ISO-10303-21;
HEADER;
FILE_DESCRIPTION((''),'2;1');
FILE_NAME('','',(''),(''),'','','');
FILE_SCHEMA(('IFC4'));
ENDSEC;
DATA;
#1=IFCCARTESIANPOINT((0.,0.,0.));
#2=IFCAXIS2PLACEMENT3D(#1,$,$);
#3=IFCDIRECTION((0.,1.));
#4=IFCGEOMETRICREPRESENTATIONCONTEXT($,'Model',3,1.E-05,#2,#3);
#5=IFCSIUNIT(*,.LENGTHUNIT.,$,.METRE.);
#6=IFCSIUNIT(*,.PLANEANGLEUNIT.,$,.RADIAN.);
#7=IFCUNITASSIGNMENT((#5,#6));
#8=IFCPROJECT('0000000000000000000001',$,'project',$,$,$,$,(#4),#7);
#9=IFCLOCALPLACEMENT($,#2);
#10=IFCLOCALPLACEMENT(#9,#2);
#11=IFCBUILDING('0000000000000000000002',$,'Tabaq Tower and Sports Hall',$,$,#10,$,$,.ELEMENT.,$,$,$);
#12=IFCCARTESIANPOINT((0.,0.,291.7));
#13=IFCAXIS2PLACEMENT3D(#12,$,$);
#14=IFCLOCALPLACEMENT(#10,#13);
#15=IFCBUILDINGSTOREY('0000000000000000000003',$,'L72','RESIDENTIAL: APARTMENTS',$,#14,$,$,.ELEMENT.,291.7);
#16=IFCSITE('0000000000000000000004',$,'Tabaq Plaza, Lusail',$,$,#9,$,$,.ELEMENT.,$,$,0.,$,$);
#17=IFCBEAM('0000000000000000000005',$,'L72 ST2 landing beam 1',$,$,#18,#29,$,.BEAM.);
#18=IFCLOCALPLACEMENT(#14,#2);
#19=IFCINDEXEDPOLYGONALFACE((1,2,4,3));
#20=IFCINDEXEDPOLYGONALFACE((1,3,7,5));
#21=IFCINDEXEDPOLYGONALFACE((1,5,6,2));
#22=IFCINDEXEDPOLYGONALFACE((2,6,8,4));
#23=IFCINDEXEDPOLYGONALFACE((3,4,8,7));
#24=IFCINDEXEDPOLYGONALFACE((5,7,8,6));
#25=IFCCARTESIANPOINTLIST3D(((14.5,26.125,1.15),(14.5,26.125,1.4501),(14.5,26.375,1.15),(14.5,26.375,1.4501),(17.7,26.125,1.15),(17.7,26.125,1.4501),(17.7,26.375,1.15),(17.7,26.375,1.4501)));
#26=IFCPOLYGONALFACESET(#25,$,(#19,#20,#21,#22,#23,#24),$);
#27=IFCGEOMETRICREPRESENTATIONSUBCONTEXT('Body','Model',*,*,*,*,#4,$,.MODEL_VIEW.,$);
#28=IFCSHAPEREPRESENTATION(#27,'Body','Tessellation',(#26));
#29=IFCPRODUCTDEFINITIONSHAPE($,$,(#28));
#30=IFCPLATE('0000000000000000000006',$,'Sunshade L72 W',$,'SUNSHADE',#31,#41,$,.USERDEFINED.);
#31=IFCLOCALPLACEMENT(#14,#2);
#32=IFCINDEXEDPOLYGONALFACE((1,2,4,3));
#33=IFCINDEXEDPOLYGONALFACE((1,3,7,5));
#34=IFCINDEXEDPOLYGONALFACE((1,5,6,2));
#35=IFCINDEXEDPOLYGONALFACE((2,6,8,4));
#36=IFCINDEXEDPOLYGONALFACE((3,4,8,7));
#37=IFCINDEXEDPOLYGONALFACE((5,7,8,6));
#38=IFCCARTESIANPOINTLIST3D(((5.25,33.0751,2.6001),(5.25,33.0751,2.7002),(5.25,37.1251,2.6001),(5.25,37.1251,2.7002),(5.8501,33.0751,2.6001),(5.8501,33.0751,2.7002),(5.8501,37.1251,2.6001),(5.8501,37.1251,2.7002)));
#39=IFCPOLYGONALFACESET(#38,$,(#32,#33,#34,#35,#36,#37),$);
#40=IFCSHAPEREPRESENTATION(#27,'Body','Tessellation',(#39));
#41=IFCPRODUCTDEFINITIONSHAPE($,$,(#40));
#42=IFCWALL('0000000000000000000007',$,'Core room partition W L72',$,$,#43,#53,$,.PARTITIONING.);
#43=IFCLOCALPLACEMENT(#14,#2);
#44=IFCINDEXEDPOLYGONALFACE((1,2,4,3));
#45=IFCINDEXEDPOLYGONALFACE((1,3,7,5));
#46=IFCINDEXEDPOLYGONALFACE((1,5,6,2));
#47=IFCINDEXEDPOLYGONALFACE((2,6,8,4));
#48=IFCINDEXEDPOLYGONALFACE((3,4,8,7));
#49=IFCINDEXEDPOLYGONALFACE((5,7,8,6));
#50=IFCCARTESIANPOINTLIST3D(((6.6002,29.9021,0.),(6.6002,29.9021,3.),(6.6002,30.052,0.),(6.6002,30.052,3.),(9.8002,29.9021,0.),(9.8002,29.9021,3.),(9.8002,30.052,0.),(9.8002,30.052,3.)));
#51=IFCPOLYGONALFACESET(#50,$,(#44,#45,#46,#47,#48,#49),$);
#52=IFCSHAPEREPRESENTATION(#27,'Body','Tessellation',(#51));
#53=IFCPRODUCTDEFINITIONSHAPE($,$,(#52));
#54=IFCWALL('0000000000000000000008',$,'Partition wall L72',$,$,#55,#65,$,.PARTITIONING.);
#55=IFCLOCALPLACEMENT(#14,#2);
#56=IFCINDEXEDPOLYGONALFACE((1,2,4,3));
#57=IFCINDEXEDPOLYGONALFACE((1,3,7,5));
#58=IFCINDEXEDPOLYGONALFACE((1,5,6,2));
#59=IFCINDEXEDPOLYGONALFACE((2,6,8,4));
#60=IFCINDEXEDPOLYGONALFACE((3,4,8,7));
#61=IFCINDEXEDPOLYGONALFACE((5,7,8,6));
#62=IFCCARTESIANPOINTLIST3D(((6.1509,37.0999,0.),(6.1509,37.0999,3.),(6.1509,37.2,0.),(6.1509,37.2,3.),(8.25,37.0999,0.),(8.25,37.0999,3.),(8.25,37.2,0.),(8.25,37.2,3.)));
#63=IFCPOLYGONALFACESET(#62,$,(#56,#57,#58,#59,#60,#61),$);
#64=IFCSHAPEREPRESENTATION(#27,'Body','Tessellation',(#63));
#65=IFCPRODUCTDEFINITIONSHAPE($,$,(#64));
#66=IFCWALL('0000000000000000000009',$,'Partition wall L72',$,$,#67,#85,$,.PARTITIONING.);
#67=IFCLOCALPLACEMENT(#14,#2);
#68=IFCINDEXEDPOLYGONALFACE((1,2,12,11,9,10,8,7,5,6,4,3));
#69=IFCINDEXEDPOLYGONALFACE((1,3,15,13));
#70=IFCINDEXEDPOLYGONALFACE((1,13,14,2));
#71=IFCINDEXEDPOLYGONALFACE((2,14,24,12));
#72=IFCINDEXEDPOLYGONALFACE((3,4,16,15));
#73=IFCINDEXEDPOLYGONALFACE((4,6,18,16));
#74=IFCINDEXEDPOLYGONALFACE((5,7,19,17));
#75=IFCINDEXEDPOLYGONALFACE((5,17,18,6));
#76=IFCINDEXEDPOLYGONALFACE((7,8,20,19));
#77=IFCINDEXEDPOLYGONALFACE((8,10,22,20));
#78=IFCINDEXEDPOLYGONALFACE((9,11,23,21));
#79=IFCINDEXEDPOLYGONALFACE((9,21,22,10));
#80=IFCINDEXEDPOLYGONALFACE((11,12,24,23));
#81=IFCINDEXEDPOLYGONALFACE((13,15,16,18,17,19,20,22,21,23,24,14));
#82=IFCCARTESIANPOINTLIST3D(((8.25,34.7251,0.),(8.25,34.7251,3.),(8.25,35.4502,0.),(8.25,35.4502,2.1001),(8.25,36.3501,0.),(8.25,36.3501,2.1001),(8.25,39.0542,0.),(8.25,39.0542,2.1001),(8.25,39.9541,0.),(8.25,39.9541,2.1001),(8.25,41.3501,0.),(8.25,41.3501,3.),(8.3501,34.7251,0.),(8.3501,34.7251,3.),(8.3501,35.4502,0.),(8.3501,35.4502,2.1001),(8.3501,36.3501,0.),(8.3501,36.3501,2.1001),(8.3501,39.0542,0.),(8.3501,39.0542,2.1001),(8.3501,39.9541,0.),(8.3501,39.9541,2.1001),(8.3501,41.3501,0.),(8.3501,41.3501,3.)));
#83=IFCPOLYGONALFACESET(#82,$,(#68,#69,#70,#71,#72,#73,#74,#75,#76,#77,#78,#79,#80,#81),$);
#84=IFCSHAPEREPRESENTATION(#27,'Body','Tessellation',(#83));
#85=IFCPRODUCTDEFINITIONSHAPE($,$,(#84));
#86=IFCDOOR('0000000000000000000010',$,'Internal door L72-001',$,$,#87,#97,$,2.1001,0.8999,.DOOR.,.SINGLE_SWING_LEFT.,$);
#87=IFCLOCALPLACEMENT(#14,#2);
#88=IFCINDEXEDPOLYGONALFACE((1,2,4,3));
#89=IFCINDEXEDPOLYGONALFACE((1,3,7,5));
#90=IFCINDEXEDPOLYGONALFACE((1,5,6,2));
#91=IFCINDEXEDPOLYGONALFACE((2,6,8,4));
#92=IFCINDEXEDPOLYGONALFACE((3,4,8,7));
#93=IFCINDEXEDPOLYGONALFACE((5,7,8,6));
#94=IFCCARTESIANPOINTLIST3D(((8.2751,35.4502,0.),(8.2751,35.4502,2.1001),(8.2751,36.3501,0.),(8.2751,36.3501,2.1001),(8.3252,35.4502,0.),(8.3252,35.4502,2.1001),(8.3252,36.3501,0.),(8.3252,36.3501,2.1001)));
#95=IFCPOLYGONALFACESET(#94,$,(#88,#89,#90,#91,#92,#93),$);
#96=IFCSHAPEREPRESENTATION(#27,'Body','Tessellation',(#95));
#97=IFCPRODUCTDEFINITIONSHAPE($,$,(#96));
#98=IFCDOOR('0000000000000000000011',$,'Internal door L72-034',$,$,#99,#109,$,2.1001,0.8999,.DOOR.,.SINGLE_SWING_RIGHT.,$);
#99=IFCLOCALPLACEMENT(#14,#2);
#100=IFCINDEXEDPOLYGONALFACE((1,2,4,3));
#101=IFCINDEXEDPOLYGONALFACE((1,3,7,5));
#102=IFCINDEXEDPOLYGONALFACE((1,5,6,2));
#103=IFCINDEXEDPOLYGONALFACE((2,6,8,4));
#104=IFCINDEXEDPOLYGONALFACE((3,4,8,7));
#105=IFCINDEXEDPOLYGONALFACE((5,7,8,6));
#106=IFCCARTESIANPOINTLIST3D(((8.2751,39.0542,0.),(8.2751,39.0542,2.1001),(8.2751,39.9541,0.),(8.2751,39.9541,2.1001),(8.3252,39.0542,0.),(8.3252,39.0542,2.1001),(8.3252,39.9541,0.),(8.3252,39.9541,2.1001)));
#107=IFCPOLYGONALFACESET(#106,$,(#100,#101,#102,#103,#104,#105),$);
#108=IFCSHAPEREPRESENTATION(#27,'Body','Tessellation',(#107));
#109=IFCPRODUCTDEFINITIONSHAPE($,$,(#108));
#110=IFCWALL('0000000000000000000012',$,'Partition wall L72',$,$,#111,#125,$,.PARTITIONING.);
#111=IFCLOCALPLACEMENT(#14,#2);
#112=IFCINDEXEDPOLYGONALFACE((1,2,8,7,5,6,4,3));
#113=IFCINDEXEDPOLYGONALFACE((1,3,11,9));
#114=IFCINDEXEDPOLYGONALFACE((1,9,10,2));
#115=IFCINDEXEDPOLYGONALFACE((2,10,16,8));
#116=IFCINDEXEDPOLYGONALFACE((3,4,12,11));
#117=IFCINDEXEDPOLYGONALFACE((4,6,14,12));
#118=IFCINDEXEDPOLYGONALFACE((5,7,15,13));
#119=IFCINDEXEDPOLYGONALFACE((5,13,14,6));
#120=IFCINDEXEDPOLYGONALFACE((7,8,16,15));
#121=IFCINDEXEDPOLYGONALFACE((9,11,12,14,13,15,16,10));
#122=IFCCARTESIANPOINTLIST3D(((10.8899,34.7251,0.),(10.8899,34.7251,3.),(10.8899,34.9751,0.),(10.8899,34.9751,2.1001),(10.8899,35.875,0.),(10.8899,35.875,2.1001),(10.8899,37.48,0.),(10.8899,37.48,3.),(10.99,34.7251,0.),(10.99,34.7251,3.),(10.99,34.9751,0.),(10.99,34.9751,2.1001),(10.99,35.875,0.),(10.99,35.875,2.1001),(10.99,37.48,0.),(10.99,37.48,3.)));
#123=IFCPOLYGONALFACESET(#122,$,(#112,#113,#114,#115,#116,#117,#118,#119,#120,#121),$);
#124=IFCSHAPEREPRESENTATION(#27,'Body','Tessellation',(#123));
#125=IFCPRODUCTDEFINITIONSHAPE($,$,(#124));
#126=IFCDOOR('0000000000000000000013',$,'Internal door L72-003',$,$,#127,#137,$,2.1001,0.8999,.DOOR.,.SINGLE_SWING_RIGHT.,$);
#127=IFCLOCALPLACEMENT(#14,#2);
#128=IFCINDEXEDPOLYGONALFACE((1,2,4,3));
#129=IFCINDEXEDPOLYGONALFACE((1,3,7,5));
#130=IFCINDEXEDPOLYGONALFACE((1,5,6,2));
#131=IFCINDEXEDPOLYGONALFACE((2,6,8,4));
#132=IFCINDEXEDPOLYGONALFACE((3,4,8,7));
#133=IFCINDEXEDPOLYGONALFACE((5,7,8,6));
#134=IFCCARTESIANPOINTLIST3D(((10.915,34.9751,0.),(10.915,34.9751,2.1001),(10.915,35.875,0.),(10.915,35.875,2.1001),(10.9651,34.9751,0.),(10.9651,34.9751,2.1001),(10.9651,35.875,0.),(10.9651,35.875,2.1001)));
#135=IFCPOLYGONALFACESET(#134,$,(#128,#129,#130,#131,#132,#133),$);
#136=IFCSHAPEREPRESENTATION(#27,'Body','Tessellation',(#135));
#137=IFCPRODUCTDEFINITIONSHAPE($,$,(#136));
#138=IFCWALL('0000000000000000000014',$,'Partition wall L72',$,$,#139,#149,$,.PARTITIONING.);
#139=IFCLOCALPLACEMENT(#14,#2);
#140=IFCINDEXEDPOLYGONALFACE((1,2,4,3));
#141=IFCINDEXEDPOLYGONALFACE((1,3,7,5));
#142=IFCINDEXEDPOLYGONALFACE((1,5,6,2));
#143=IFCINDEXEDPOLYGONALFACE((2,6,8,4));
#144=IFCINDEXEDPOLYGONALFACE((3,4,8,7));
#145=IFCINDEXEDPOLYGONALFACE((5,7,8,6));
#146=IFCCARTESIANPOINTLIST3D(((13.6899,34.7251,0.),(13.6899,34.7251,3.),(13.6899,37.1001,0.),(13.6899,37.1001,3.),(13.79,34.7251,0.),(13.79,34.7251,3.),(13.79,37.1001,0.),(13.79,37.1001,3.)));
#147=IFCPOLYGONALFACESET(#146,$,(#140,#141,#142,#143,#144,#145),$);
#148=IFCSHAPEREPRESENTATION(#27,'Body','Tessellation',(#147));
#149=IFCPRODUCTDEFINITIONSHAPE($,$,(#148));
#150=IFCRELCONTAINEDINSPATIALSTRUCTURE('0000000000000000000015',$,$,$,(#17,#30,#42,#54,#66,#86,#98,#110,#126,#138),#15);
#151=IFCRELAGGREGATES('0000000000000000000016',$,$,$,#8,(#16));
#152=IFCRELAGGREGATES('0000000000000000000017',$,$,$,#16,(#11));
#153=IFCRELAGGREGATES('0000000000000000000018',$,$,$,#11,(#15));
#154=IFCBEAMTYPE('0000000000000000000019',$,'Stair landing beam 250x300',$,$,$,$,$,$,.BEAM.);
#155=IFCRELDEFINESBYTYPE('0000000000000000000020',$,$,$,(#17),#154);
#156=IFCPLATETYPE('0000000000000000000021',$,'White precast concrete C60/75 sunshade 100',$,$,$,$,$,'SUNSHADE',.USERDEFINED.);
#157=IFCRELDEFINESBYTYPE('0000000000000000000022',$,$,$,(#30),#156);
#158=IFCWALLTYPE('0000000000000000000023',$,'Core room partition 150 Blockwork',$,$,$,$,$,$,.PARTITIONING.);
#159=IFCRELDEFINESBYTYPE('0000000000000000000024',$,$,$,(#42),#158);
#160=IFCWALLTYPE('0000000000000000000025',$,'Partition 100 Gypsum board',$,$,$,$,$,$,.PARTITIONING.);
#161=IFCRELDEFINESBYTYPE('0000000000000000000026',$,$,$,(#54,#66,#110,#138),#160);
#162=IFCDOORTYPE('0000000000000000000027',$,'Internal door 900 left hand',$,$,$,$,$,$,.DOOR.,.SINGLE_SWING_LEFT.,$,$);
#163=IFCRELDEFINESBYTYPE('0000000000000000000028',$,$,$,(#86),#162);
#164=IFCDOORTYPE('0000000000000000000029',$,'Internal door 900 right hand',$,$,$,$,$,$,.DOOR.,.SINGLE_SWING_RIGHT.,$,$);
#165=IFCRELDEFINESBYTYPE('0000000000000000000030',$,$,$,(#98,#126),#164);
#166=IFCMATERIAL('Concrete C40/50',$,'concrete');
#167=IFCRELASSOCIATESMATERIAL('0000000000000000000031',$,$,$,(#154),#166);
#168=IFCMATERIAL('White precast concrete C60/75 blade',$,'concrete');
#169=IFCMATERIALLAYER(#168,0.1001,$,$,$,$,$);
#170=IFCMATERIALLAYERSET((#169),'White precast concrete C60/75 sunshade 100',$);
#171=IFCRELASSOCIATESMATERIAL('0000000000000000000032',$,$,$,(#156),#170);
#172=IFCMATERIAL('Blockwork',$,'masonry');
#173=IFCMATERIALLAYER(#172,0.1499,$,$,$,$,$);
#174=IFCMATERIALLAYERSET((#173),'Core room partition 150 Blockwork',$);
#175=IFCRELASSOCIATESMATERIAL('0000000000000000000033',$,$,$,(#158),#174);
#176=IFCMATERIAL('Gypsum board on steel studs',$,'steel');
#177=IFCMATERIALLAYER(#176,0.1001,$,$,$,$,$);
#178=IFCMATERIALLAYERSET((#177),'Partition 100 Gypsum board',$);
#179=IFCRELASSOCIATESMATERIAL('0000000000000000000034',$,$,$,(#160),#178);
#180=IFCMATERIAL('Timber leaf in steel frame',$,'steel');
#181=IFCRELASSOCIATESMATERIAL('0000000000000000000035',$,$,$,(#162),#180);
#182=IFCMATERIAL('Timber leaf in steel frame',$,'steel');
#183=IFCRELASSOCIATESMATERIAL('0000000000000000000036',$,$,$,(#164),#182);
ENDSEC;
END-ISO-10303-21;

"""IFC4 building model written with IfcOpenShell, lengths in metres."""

from ifc_helpers import new_model, si_unit, direction, frame, frame_2d, origin, origin_2d, place, context, subcontext, project, spatial, rectangle, extrude, material, layer, layer_set, material_profile, profile_set, type_object, element, fill, save


model = new_model("IFC4")

# Units and contexts
model_context = context("Model", 3, precision=1e-05, world=origin(), true_north=direction((0.0, 1.0)))
body_context = subcontext(model_context, "Body", "Model", "MODEL_VIEW")
ifc_project = project(units=[si_unit("LENGTHUNIT", "METRE"), si_unit("PLANEANGLEUNIT", "RADIAN")], contexts=[model_context])

# Site, building, storey
site_placement = place(None, origin())
site = spatial("IfcSite", under=ifc_project, at=site_placement, Name="Tabaq Plaza, Lusail", CompositionType="ELEMENT", RefElevation=0.0)
building_placement = place(site_placement, origin())
building = spatial("IfcBuilding", under=site, at=building_placement, Name="Tabaq Tower and Sports Hall", CompositionType="ELEMENT")
storey_placement = place(building_placement, frame((0.0, 0.0, 291.7)))
storey = spatial("IfcBuildingStorey", under=building, at=storey_placement, Name="L72", Description="RESIDENTIAL: APARTMENTS", CompositionType="ELEMENT", Elevation=291.7)

# Beam
ifc_material_1 = material(Name="Concrete C40/50", Category="concrete")
ifc_material_profile = material_profile(ifc_material_1, rectangle(XDim=0.25, YDim=0.3, at=origin_2d()), Name="RC 250x300")
ifc_profile_set = profile_set([ifc_material_profile], Name="Concrete C40/50")
beam_type = type_object("IfcBeamType", Name="Stair landing beam 250x300", PredefinedType="BEAM", material=ifc_profile_set)
beam_placement = place(storey_placement, frame((14.5, 26.25, 1.3), z_axis=(1.0, 0.0, 0.0), x_axis=(0.0, 1.0, 0.0)))
element("IfcBeam", 1, at=beam_placement, inside=storey, type_object=beam_type, Name="L72 ST2 landing beam 1", PredefinedType="BEAM", context=body_context, shape_type="SweptSolid", body=[
    extrude(rectangle(XDim=0.25, YDim=0.3, at=origin_2d()), origin(), (0.0, 0.0, 1.0), 3.2),
])

# Plate
ifc_material_2 = material(Name="White precast concrete C60/75 blade", Category="concrete")
ifc_layer_1 = layer(ifc_material_2, 0.1001)
ifc_layer_set_1 = layer_set([ifc_layer_1], Name="White precast concrete C60/75 sunshade 100")
plate_type = type_object("IfcPlateType", Name="White precast concrete C60/75 sunshade 100", ElementType="SUNSHADE", PredefinedType="USERDEFINED", material=ifc_layer_set_1)
plate_placement = place(storey_placement, frame((5.55, 35.1001, 2.6001), z_axis=(0.0, 0.0, 1.0), x_axis=(0.0, -1.0, 0.0)))
element("IfcPlate", 2, at=plate_placement, inside=storey, type_object=plate_type, Name="Sunshade L72 W", ObjectType="SUNSHADE", PredefinedType="USERDEFINED", context=body_context, shape_type="SweptSolid", body=[
    extrude(rectangle(XDim=4.05, YDim=0.6001, at=origin_2d()), origin(), (0.0, 0.0, 1.0), 0.1001),
])

# Wall
ifc_material_3 = material(Name="Blockwork", Category="masonry")
ifc_layer_2 = layer(ifc_material_3, 0.1499)
ifc_layer_set_2 = layer_set([ifc_layer_2], Name="Core room partition 150 Blockwork")
wall_type_1 = type_object("IfcWallType", Name="Core room partition 150 Blockwork", PredefinedType="PARTITIONING", material=ifc_layer_set_2)
wall_1_placement = place(storey_placement, frame((6.6001, 29.9771, 0.0), z_axis=(0.0, 0.0, 1.0), x_axis=(1.0, 0.0, 0.0)))
element("IfcWall", 3, at=wall_1_placement, inside=storey, type_object=wall_type_1, Name="Core room partition W L72", PredefinedType="PARTITIONING", context=body_context, shape_type="SweptSolid", body=[
    extrude(rectangle(XDim=3.2, YDim=0.1499, at=frame_2d((1.6001, 0.0))), origin(), (0.0, 0.0, 1.0), 3.0),
])

# Wall
ifc_material_4 = material(Name="Gypsum board on steel studs", Category="steel")
ifc_layer_3 = layer(ifc_material_4, 0.1001)
ifc_layer_set_3 = layer_set([ifc_layer_3], Name="Partition 100 Gypsum board")
wall_type_2 = type_object("IfcWallType", Name="Partition 100 Gypsum board", PredefinedType="PARTITIONING", material=ifc_layer_set_3)
wall_2_placement = place(storey_placement, frame((6.1509, 37.1499, 0.0), z_axis=(0.0, 0.0, 1.0), x_axis=(1.0, 0.0, 0.0)))
element("IfcWall", 4, at=wall_2_placement, inside=storey, type_object=wall_type_2, Name="Partition wall L72", PredefinedType="PARTITIONING", context=body_context, shape_type="SweptSolid", body=[
    extrude(rectangle(XDim=2.0991, YDim=0.1001, at=frame_2d((1.0496, 0.0))), origin(), (0.0, 0.0, 1.0), 3.0),
])

# Wall, openings, doors
wall_3_placement = place(storey_placement, frame((8.3, 34.7251, 0.0), z_axis=(0.0, 0.0, 1.0), x_axis=(0.0, 1.0, 0.0)))
wall_3 = element("IfcWall", 5, at=wall_3_placement, inside=storey, type_object=wall_type_2, Name="Partition wall L72", PredefinedType="PARTITIONING", context=body_context, shape_type="SweptSolid", body=[
    extrude(rectangle(XDim=6.625, YDim=0.1001, at=frame_2d((3.3125, 0.0))), origin(), (0.0, 0.0, 1.0), 3.0),
])
opening_1_placement = place(wall_3_placement, frame((0.7251, 0.0, 0.0)))
opening_1 = element("IfcOpeningElement", 6, at=opening_1_placement, cuts=wall_3, PredefinedType="OPENING", context=body_context, shape_type="SweptSolid", body=[
    extrude(rectangle(XDim=0.8999, YDim=2.1001, at=frame_2d((0.45, 1.05))), frame((0.0, 0.05, 0.0), z_axis=(0.0, -1.0, 0.0), x_axis=(1.0, 0.0, 0.0)), (0.0, 0.0, 1.0), 0.1001),
])
opening_2_placement = place(wall_3_placement, frame((4.3291, 0.0, 0.0)))
opening_2 = element("IfcOpeningElement", 7, at=opening_2_placement, cuts=wall_3, PredefinedType="OPENING", context=body_context, shape_type="SweptSolid", body=[
    extrude(rectangle(XDim=0.8999, YDim=2.1001, at=frame_2d((0.45, 1.05))), frame((0.0, 0.05, 0.0), z_axis=(0.0, -1.0, 0.0), x_axis=(1.0, 0.0, 0.0)), (0.0, 0.0, 1.0), 0.1001),
])
ifc_material_5 = material(Name="Timber leaf in steel frame", Category="steel")
door_type_1 = type_object("IfcDoorType", Name="Internal door 900 left hand", OperationType="SINGLE_SWING_LEFT", PredefinedType="DOOR", material=ifc_material_5)
door_1_placement = place(opening_1_placement, origin())
door_1 = element("IfcDoor", 8, at=door_1_placement, inside=storey, type_object=door_type_1, Name="Internal door L72-001", OperationType="SINGLE_SWING_LEFT", OverallHeight=2.1001, OverallWidth=0.8999, PredefinedType="DOOR", context=body_context, shape_type="SweptSolid", body=[
    extrude(rectangle(XDim=0.8999, YDim=2.1001, at=frame_2d((0.45, 1.05))), frame((0.0, 0.0249, 0.0), z_axis=(0.0, -1.0, 0.0), x_axis=(1.0, 0.0, 0.0)), (0.0, 0.0, 1.0), 0.05),
])
fill(opening_1, door_1)
ifc_material_6 = material(Name="Timber leaf in steel frame", Category="steel")
door_type_2 = type_object("IfcDoorType", Name="Internal door 900 right hand", OperationType="SINGLE_SWING_RIGHT", PredefinedType="DOOR", material=ifc_material_6)
door_2_placement = place(opening_2_placement, origin())
door_2 = element("IfcDoor", 9, at=door_2_placement, inside=storey, type_object=door_type_2, Name="Internal door L72-034", OperationType="SINGLE_SWING_RIGHT", OverallHeight=2.1001, OverallWidth=0.8999, PredefinedType="DOOR", context=body_context, shape_type="SweptSolid", body=[
    extrude(rectangle(XDim=0.8999, YDim=2.1001, at=frame_2d((0.45, 1.05))), frame((0.0, 0.0249, 0.0), z_axis=(0.0, -1.0, 0.0), x_axis=(1.0, 0.0, 0.0)), (0.0, 0.0, 1.0), 0.05),
])
fill(opening_2, door_2)

# Wall, opening, door
wall_4_placement = place(storey_placement, frame((10.9399, 34.7251, 0.0), z_axis=(0.0, 0.0, 1.0), x_axis=(0.0, 1.0, 0.0)))
wall_4 = element("IfcWall", 10, at=wall_4_placement, inside=storey, type_object=wall_type_2, Name="Partition wall L72", PredefinedType="PARTITIONING", context=body_context, shape_type="SweptSolid", body=[
    extrude(rectangle(XDim=2.7549, YDim=0.1001, at=frame_2d((1.3774, 0.0))), origin(), (0.0, 0.0, 1.0), 3.0),
])
opening_3_placement = place(wall_4_placement, frame((0.25, 0.0, 0.0)))
opening_3 = element("IfcOpeningElement", 11, at=opening_3_placement, cuts=wall_4, PredefinedType="OPENING", context=body_context, shape_type="SweptSolid", body=[
    extrude(rectangle(XDim=0.8999, YDim=2.1001, at=frame_2d((0.45, 1.05))), frame((0.0, 0.05, 0.0), z_axis=(0.0, -1.0, 0.0), x_axis=(1.0, 0.0, 0.0)), (0.0, 0.0, 1.0), 0.1001),
])
door_3_placement = place(opening_3_placement, origin())
door_3 = element("IfcDoor", 12, at=door_3_placement, inside=storey, type_object=door_type_2, Name="Internal door L72-003", OperationType="SINGLE_SWING_RIGHT", OverallHeight=2.1001, OverallWidth=0.8999, PredefinedType="DOOR", context=body_context, shape_type="SweptSolid", body=[
    extrude(rectangle(XDim=0.8999, YDim=2.1001, at=frame_2d((0.45, 1.05))), frame((0.0, 0.0249, 0.0), z_axis=(0.0, -1.0, 0.0), x_axis=(1.0, 0.0, 0.0)), (0.0, 0.0, 1.0), 0.05),
])
fill(opening_3, door_3)

# Wall
wall_5_placement = place(storey_placement, frame((13.74, 34.7251, 0.0), z_axis=(0.0, 0.0, 1.0), x_axis=(0.0, 1.0, 0.0)))
element("IfcWall", 13, at=wall_5_placement, inside=storey, type_object=wall_type_2, Name="Partition wall L72", PredefinedType="PARTITIONING", context=body_context, shape_type="SweptSolid", body=[
    extrude(rectangle(XDim=2.375, YDim=0.1001, at=frame_2d((1.1875, 0.0))), origin(), (0.0, 0.0, 1.0), 3.0),
])

save(model, "model.ifc")
